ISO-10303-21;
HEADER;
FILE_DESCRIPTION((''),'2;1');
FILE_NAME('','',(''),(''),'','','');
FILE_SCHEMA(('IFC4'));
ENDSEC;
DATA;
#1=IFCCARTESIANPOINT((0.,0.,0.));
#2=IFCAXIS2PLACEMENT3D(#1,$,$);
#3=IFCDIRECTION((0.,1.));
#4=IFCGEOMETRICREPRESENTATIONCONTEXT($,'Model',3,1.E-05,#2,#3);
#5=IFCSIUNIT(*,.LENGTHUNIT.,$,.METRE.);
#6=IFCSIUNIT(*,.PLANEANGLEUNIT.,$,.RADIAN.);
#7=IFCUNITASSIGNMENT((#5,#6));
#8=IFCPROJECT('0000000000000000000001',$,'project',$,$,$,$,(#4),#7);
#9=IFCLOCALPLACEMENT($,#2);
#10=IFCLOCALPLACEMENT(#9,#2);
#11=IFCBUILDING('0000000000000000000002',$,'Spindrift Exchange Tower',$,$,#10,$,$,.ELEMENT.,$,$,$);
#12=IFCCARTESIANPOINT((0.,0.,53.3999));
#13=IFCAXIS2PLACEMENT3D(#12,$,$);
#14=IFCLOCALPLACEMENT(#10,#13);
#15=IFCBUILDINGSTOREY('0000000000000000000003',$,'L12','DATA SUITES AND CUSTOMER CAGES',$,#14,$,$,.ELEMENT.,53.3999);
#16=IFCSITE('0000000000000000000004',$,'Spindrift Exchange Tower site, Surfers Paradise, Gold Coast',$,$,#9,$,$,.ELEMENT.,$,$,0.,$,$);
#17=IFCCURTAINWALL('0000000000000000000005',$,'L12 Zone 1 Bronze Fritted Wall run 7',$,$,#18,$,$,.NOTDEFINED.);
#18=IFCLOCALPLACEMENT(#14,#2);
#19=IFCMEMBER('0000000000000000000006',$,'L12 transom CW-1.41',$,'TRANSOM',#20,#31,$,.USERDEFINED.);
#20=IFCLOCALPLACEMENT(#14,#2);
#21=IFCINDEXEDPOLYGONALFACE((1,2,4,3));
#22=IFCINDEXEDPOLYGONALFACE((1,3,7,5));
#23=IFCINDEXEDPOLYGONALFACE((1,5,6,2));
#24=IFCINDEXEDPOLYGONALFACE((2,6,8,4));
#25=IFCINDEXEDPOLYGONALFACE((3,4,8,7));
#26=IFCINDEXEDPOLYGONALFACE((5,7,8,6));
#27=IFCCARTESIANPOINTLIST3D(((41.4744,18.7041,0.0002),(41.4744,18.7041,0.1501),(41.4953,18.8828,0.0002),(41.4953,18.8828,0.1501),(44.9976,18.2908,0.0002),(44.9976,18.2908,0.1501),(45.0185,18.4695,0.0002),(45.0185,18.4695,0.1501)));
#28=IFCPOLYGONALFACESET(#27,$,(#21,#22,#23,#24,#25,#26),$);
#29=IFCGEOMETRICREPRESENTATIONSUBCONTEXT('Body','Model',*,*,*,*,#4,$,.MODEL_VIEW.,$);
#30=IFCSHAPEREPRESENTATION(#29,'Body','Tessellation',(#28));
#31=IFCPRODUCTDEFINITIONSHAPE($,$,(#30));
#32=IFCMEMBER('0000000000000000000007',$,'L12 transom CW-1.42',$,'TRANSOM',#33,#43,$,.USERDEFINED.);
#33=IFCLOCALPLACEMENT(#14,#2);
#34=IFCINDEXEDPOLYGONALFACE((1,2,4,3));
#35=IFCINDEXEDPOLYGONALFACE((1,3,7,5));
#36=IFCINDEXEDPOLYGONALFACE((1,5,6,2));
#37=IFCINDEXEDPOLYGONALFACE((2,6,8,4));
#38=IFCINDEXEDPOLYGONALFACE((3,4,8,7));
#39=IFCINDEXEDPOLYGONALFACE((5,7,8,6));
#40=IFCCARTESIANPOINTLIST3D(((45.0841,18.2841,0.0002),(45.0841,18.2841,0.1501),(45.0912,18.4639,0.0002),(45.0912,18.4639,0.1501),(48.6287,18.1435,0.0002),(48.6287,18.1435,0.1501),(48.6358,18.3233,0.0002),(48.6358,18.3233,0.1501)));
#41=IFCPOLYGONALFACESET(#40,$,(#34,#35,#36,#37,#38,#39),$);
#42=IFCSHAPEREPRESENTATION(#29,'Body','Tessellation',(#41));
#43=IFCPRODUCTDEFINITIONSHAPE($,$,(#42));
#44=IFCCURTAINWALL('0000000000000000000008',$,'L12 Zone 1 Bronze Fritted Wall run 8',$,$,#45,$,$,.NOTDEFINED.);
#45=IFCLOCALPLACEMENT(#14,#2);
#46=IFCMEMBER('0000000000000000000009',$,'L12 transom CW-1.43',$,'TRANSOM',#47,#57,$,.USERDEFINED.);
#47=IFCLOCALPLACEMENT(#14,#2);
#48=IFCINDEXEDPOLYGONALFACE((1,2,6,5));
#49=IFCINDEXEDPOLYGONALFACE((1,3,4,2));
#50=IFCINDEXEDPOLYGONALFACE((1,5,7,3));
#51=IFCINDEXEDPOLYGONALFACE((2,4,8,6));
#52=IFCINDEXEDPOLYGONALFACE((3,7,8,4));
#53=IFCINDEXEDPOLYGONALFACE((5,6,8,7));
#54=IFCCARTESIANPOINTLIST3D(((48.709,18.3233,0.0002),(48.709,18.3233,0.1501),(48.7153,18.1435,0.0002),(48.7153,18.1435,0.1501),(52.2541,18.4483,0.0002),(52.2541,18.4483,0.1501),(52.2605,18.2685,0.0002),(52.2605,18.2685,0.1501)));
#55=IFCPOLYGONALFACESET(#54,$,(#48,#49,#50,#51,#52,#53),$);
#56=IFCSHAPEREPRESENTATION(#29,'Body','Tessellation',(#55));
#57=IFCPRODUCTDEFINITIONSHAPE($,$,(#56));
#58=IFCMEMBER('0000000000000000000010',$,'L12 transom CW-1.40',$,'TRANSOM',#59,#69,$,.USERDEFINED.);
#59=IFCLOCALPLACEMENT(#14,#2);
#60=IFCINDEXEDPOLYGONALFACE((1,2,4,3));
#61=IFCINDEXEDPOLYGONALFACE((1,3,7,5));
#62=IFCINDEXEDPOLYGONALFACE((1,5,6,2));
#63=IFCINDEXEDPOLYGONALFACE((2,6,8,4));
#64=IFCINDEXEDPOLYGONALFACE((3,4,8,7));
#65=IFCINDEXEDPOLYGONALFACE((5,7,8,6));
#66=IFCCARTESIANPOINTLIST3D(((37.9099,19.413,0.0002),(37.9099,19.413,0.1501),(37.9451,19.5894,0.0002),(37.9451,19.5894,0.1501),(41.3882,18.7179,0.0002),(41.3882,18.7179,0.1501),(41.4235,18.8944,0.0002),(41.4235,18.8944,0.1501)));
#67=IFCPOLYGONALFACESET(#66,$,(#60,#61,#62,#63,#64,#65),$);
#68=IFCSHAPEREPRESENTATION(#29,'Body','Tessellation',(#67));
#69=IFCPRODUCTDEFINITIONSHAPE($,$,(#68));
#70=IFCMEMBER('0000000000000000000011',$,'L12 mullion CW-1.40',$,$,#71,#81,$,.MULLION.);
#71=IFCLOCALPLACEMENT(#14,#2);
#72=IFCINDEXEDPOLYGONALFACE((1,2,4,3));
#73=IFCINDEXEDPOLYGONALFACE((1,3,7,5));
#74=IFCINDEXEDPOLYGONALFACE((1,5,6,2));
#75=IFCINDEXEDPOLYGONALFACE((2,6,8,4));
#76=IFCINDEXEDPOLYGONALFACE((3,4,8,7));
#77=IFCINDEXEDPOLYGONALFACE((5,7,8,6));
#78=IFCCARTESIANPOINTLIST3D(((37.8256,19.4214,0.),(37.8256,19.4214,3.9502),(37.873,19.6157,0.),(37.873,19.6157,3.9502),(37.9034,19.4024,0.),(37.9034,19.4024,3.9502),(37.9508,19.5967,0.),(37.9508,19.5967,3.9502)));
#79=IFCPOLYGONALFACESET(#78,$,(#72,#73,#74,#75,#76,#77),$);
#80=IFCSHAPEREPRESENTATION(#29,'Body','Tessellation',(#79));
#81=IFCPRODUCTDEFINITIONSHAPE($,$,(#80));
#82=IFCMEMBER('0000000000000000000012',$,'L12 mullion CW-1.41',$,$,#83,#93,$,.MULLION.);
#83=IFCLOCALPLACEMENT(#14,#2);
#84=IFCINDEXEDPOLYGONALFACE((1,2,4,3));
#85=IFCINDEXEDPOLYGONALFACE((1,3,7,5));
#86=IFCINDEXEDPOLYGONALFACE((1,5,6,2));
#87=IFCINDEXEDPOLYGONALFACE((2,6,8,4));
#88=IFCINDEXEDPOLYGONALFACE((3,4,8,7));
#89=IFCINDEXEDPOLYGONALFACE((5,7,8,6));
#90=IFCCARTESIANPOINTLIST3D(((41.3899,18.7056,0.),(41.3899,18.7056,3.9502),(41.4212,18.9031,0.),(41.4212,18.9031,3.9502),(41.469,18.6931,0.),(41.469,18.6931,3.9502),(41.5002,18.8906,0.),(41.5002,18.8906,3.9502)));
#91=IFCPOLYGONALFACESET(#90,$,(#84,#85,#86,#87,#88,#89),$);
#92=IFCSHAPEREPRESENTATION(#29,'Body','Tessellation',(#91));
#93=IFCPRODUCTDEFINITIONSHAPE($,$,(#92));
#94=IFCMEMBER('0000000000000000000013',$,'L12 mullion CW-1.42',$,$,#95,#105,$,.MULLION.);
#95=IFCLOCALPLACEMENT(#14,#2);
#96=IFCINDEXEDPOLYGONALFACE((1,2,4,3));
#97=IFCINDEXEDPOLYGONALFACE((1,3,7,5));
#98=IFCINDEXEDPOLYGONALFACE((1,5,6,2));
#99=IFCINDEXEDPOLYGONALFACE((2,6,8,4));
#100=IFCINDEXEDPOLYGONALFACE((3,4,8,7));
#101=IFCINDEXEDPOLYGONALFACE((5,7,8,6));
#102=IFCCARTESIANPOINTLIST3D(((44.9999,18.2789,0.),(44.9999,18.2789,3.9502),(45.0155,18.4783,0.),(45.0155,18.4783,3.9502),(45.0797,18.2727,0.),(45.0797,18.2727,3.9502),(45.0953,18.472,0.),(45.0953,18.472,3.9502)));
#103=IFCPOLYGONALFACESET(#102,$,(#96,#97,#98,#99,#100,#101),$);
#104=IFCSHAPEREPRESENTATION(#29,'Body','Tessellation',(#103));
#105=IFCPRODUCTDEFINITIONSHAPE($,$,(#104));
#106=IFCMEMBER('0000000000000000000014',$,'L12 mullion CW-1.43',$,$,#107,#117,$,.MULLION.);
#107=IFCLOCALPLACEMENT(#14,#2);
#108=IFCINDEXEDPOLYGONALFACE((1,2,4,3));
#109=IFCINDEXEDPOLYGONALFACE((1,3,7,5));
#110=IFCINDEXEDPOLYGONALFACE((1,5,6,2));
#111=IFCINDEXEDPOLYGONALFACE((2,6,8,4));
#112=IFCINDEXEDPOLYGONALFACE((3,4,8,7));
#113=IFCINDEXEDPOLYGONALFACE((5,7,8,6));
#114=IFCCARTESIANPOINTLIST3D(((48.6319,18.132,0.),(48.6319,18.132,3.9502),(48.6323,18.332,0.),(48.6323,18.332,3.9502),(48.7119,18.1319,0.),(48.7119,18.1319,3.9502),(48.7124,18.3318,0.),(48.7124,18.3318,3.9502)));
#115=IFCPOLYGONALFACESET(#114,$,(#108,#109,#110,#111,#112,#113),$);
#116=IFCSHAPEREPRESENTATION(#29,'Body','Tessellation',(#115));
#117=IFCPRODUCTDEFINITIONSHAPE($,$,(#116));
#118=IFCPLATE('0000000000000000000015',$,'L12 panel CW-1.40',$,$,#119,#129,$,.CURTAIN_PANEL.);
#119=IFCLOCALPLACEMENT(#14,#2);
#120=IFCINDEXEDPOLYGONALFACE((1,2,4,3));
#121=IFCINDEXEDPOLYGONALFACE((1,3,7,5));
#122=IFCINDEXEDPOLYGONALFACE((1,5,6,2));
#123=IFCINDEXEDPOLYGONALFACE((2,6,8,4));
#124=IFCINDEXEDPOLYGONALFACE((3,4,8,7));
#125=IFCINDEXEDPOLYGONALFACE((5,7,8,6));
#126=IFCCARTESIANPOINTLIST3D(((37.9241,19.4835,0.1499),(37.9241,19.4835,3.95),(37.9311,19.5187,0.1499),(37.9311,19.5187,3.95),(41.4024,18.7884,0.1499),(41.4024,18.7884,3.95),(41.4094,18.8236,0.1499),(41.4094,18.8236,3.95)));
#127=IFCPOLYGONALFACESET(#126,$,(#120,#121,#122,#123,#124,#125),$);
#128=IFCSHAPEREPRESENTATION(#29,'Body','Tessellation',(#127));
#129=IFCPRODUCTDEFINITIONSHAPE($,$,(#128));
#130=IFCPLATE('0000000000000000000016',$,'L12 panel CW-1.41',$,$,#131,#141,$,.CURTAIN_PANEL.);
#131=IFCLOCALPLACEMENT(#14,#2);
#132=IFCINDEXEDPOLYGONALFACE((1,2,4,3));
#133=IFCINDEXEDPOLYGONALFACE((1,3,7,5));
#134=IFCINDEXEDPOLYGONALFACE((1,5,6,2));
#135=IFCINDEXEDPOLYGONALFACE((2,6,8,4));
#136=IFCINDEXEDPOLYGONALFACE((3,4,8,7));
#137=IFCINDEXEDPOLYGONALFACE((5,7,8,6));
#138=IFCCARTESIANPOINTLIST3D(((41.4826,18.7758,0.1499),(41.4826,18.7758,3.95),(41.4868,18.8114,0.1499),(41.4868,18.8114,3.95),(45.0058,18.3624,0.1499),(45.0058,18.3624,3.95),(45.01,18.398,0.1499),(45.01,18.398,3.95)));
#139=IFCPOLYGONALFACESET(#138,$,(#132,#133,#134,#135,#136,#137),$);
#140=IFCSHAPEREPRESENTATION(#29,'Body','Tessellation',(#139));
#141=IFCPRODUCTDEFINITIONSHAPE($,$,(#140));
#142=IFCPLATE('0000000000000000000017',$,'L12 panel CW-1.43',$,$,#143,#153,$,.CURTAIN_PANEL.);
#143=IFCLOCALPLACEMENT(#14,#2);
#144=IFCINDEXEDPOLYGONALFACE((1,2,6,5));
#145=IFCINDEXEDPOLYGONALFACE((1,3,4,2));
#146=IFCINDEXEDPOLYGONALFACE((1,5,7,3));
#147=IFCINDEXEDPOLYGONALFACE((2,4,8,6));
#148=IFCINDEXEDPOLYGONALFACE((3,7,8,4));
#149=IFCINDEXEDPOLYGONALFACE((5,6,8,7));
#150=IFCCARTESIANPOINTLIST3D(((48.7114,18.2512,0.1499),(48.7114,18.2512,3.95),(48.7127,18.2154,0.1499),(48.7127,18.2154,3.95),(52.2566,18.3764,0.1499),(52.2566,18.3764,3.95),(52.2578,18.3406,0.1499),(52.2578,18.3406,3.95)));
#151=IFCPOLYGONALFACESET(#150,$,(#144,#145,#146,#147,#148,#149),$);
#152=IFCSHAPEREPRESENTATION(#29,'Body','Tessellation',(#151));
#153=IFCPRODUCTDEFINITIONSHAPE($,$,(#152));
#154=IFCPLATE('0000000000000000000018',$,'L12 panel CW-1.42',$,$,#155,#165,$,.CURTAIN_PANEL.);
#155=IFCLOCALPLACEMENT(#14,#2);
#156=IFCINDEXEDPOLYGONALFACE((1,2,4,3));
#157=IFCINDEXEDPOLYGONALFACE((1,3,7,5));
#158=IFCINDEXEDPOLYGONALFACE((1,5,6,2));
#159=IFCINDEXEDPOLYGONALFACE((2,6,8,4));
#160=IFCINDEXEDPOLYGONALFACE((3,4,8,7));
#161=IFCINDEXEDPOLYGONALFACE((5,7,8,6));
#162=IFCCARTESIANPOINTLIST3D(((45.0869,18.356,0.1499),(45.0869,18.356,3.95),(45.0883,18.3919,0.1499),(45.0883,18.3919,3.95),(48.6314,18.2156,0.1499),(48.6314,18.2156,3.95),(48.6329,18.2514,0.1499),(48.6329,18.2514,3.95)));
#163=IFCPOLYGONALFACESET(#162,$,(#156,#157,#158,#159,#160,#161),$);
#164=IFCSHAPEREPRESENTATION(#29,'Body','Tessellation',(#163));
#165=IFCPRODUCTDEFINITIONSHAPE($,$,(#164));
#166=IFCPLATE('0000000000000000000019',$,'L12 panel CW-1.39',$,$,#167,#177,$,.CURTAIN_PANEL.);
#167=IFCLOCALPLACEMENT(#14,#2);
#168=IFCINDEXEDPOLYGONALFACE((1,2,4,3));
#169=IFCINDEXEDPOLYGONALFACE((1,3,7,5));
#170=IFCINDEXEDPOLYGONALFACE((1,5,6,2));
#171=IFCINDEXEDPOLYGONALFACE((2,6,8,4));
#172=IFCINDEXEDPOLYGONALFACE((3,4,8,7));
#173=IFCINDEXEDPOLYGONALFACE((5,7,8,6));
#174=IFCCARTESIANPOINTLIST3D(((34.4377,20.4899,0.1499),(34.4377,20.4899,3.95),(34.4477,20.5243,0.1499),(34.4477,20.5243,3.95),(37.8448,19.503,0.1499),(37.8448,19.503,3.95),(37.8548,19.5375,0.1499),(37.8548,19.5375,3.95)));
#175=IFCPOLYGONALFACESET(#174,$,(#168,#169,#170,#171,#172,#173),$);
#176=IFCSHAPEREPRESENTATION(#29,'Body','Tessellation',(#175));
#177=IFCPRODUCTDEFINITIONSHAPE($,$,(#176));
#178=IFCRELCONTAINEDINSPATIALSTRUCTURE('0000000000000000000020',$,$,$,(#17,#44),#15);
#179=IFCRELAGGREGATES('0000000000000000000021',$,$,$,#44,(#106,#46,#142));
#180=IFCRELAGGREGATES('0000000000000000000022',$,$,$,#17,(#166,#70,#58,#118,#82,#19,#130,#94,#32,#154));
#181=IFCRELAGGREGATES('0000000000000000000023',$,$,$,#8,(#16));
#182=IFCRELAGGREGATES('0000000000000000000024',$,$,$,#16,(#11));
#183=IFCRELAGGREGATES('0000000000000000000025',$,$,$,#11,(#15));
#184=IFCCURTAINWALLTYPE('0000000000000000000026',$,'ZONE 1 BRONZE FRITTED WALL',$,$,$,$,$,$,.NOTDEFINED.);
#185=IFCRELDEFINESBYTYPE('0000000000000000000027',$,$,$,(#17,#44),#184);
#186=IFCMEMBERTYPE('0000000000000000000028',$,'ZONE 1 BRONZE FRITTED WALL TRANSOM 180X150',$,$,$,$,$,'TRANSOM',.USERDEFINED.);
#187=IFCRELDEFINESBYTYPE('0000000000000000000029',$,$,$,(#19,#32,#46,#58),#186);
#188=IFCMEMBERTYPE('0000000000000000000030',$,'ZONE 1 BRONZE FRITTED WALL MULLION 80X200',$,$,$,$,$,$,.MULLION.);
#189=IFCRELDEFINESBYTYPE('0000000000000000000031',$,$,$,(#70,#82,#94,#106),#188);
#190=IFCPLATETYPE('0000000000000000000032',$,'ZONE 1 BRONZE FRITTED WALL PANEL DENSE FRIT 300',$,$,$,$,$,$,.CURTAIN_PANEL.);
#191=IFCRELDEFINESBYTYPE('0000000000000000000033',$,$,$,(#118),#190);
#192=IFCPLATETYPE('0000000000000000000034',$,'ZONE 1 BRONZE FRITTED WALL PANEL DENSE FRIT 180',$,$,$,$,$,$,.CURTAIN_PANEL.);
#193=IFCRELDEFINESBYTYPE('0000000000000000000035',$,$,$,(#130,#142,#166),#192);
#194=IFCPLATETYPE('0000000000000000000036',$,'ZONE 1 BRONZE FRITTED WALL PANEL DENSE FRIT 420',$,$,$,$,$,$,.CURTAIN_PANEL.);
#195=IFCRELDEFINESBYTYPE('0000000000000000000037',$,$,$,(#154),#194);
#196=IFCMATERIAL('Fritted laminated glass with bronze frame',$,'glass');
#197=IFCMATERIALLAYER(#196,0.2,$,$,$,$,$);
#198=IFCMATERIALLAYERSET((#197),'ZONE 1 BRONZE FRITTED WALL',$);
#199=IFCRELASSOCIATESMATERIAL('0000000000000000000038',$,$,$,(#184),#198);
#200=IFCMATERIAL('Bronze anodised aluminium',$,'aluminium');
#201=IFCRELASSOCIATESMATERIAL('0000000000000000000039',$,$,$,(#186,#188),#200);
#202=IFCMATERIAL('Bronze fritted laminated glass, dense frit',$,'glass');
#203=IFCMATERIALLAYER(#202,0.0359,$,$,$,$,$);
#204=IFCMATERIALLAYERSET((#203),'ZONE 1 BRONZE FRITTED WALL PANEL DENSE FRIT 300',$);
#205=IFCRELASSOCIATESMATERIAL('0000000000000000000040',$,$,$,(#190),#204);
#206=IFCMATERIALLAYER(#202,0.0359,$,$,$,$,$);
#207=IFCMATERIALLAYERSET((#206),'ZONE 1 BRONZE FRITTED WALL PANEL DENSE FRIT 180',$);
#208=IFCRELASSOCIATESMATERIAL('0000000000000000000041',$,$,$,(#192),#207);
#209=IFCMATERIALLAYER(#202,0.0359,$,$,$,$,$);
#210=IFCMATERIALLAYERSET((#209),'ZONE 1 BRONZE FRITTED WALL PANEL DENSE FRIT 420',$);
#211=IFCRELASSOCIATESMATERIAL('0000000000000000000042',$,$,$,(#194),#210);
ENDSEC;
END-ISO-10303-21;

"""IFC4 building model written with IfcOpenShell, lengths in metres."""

from ifc_helpers import new_model, si_unit, direction, frame, origin, origin_2d, place, context, subcontext, project, spatial, rectangle, extrude, source, transform, mapped, material, layer, layer_set, material_profile, profile_set, type_object, element, aggregate, save


model = new_model("IFC4")

# Units and contexts
model_context = context("Model", 3, precision=1e-05, world=origin(), true_north=direction((0.0, 1.0)))
body_context = subcontext(model_context, "Body", "Model", "MODEL_VIEW")
ifc_project = project(units=[si_unit("LENGTHUNIT", "METRE"), si_unit("PLANEANGLEUNIT", "RADIAN")], contexts=[model_context])

# Site, building, storey
site_placement = place(None, origin())
site = spatial("IfcSite", under=ifc_project, at=site_placement, Name="Spindrift Exchange Tower site, Surfers Paradise, Gold Coast", CompositionType="ELEMENT", RefElevation=0.0)
building_placement = place(site_placement, origin())
building = spatial("IfcBuilding", under=site, at=building_placement, Name="Spindrift Exchange Tower", CompositionType="ELEMENT")
storey_placement = place(building_placement, frame((0.0, 0.0, 53.3999)))
storey = spatial("IfcBuildingStorey", under=building, at=storey_placement, Name="L12", Description="DATA SUITES AND CUSTOMER CAGES", CompositionType="ELEMENT", Elevation=53.3999)

# Curtain wall, members
ifc_material_1 = material(Name="Fritted laminated glass with bronze frame", Category="glass")
ifc_layer_1 = layer(ifc_material_1, 0.2)
ifc_layer_set_1 = layer_set([ifc_layer_1], Name="ZONE 1 BRONZE FRITTED WALL")
curtain_wall_type = type_object("IfcCurtainWallType", Name="ZONE 1 BRONZE FRITTED WALL", PredefinedType="NOTDEFINED", material=ifc_layer_set_1)
curtain_wall_1_placement = place(storey_placement, origin())
curtain_wall_1 = element("IfcCurtainWall", 1, at=curtain_wall_1_placement, inside=storey, type_object=curtain_wall_type, Name="L12 Zone 1 Bronze Fritted Wall run 7", PredefinedType="NOTDEFINED")
ifc_material_2 = material(Name="Bronze anodised aluminium", Category="aluminium")
ifc_material_profile_1 = material_profile(ifc_material_2, rectangle(XDim=0.1799, YDim=0.1499, at=origin_2d()), Name="ZONE 1 BRONZE FRITTED WALL TRANSOM 180X150")
ifc_profile_set_1 = profile_set([ifc_material_profile_1], Name="Bronze anodised aluminium")
member_type_1 = type_object("IfcMemberType", Name="ZONE 1 BRONZE FRITTED WALL TRANSOM 180X150", ElementType="TRANSOM", PredefinedType="USERDEFINED", material=ifc_profile_set_1)
shared_shape_1 = source(origin(), body_context, "Body", "SweptSolid", [
    extrude(rectangle(XDim=0.1799, YDim=0.1499, at=origin_2d()), origin(), (0.0, 0.0, 1.0), 3.5474),
])
member_1_placement = place(storey_placement, frame((41.4849, 18.7935, 0.0752), z_axis=(0.993189, -0.116518, 0.0), x_axis=(0.116518, 0.993189, 0.0)))
member_1 = element("IfcMember", 2, at=member_1_placement, type_object=member_type_1, Name="L12 transom CW-1.41", ObjectType="TRANSOM", PredefinedType="USERDEFINED", context=body_context, shape_type="MappedRepresentation", body=[
    mapped(shared_shape_1, transform((0.0, 0.0, 0.0), scale=1.0)),
])
member_2_placement = place(storey_placement, frame((45.0876, 18.374, 0.0752), z_axis=(0.999214, -0.039641, 0.0), x_axis=(0.039641, 0.999214, 0.0)))
member_2 = element("IfcMember", 3, at=member_2_placement, type_object=member_type_1, Name="L12 transom CW-1.42", ObjectType="TRANSOM", PredefinedType="USERDEFINED", context=body_context, shape_type="MappedRepresentation", body=[
    mapped(shared_shape_1, transform((0.0, 0.0, 0.0), scale=1.0)),
])

# Curtain wall, member
curtain_wall_2_placement = place(storey_placement, origin())
curtain_wall_2 = element("IfcCurtainWall", 4, at=curtain_wall_2_placement, inside=storey, type_object=curtain_wall_type, Name="L12 Zone 1 Bronze Fritted Wall run 8", PredefinedType="NOTDEFINED")
member_3_placement = place(storey_placement, frame((48.7122, 18.2334, 0.0752), z_axis=(0.999379, 0.035237, 0.0), x_axis=(-0.035237, 0.999379, 0.0)))
member_3 = element("IfcMember", 5, at=member_3_placement, type_object=member_type_1, Name="L12 transom CW-1.43", ObjectType="TRANSOM", PredefinedType="USERDEFINED", context=body_context, shape_type="MappedRepresentation", body=[
    mapped(shared_shape_1, transform((0.0, 0.0, 0.0), scale=1.0)),
])

# Members
shared_shape_2 = source(origin(), body_context, "Body", "SweptSolid", [
    extrude(rectangle(XDim=0.1799, YDim=0.1499, at=origin_2d()), origin(), (0.0, 0.0, 1.0), 3.5471),
])
member_4_placement = place(storey_placement, frame((37.9275, 19.5012, 0.0752), z_axis=(0.980612, -0.195957, 0.0), x_axis=(0.195957, 0.980612, 0.0)))
member_4 = element("IfcMember", 6, at=member_4_placement, type_object=member_type_1, Name="L12 transom CW-1.40", ObjectType="TRANSOM", PredefinedType="USERDEFINED", context=body_context, shape_type="MappedRepresentation", body=[
    mapped(shared_shape_2, transform((0.0, 0.0, 0.0), scale=1.0)),
])
ifc_material_profile_2 = material_profile(ifc_material_2, rectangle(XDim=0.0801, YDim=0.2, at=origin_2d()), Name="ZONE 1 BRONZE FRITTED WALL MULLION 80X200")
ifc_profile_set_2 = profile_set([ifc_material_profile_2], Name="Bronze anodised aluminium")
member_type_2 = type_object("IfcMemberType", Name="ZONE 1 BRONZE FRITTED WALL MULLION 80X200", PredefinedType="MULLION", material=ifc_profile_set_2)
shared_shape_3 = source(origin(), body_context, "Body", "SweptSolid", [
    extrude(rectangle(XDim=0.0801, YDim=0.2, at=origin_2d()), origin(), (0.0, 0.0, 1.0), 3.9502),
])
member_5_placement = place(storey_placement, frame((37.8882, 19.509, 0.0), z_axis=(0.0, 0.0, 1.0), x_axis=(0.971436, -0.237302, 0.0)))
member_5 = element("IfcMember", 7, at=member_5_placement, type_object=member_type_2, Name="L12 mullion CW-1.40", PredefinedType="MULLION", context=body_context, shape_type="MappedRepresentation", body=[
    mapped(shared_shape_3, transform((0.0, 0.0, 0.0), scale=1.0)),
])
member_6_placement = place(storey_placement, frame((41.4451, 18.7981, 0.0), z_axis=(0.0, 0.0, 1.0), x_axis=(0.987698, -0.156377, 0.0)))
member_6 = element("IfcMember", 8, at=member_6_placement, type_object=member_type_2, Name="L12 mullion CW-1.41", PredefinedType="MULLION", context=body_context, shape_type="MappedRepresentation", body=[
    mapped(shared_shape_3, transform((0.0, 0.0, 0.0), scale=1.0)),
])
member_7_placement = place(storey_placement, frame((45.0476, 18.3755, 0.0), z_axis=(0.0, 0.0, 1.0), x_axis=(0.996944, -0.078119, 0.0)))
member_7 = element("IfcMember", 9, at=member_7_placement, type_object=member_type_2, Name="L12 mullion CW-1.42", PredefinedType="MULLION", context=body_context, shape_type="MappedRepresentation", body=[
    mapped(shared_shape_3, transform((0.0, 0.0, 0.0), scale=1.0)),
])
member_8_placement = place(storey_placement, frame((48.6721, 18.2319, 0.0), z_axis=(0.0, 0.0, 1.0), x_axis=(0.999998, -0.002152, 0.0)))
member_8 = element("IfcMember", 10, at=member_8_placement, type_object=member_type_2, Name="L12 mullion CW-1.43", PredefinedType="MULLION", context=body_context, shape_type="MappedRepresentation", body=[
    mapped(shared_shape_3, transform((0.0, 0.0, 0.0), scale=1.0)),
])

# Plates
ifc_material_3 = material(Name="Bronze fritted laminated glass, dense frit", Category="glass")
ifc_layer_2 = layer(ifc_material_3, 0.0359)
ifc_layer_set_2 = layer_set([ifc_layer_2], Name="ZONE 1 BRONZE FRITTED WALL PANEL DENSE FRIT 300")
plate_type_1 = type_object("IfcPlateType", Name="ZONE 1 BRONZE FRITTED WALL PANEL DENSE FRIT 300", PredefinedType="CURTAIN_PANEL", material=ifc_layer_set_2)
shared_shape_4 = source(origin(), body_context, "Body", "SweptSolid", [
    extrude(rectangle(XDim=3.5471, YDim=0.0359, at=origin_2d()), origin(), (0.0, 0.0, 1.0), 3.8),
])
plate_1_placement = place(storey_placement, frame((39.6667, 19.1536, 0.1499), z_axis=(0.0, 0.0, 1.0), x_axis=(0.98061, -0.195968, 0.0)))
plate_1 = element("IfcPlate", 11, at=plate_1_placement, type_object=plate_type_1, Name="L12 panel CW-1.40", PredefinedType="CURTAIN_PANEL", context=body_context, shape_type="MappedRepresentation", body=[
    mapped(shared_shape_4, transform((0.0, 0.0, 0.0), scale=1.0)),
])
ifc_layer_3 = layer(ifc_material_3, 0.0359)
ifc_layer_set_3 = layer_set([ifc_layer_3], Name="ZONE 1 BRONZE FRITTED WALL PANEL DENSE FRIT 180")
plate_type_2 = type_object("IfcPlateType", Name="ZONE 1 BRONZE FRITTED WALL PANEL DENSE FRIT 180", PredefinedType="CURTAIN_PANEL", material=ifc_layer_set_3)
shared_shape_5 = source(origin(), body_context, "Body", "SweptSolid", [
    extrude(rectangle(XDim=3.5474, YDim=0.0359, at=origin_2d()), origin(), (0.0, 0.0, 1.0), 3.8),
])
plate_2_placement = place(storey_placement, frame((43.2463, 18.5869, 0.1499), z_axis=(0.0, 0.0, 1.0), x_axis=(0.993187, -0.116532, 0.0)))
plate_2 = element("IfcPlate", 12, at=plate_2_placement, type_object=plate_type_2, Name="L12 panel CW-1.41", PredefinedType="CURTAIN_PANEL", context=body_context, shape_type="MappedRepresentation", body=[
    mapped(shared_shape_5, transform((0.0, 0.0, 0.0), scale=1.0)),
])
plate_3_placement = place(storey_placement, frame((50.4846, 18.2959, 0.1499), z_axis=(0.0, 0.0, 1.0), x_axis=(0.999377, 0.035287, 0.0)))
plate_3 = element("IfcPlate", 13, at=plate_3_placement, type_object=plate_type_2, Name="L12 panel CW-1.43", PredefinedType="CURTAIN_PANEL", context=body_context, shape_type="MappedRepresentation", body=[
    mapped(shared_shape_5, transform((0.0, 0.0, 0.0), scale=1.0)),
])
aggregate(curtain_wall_2, [member_8, member_3, plate_3])
ifc_layer_4 = layer(ifc_material_3, 0.0359)
ifc_layer_set_4 = layer_set([ifc_layer_4], Name="ZONE 1 BRONZE FRITTED WALL PANEL DENSE FRIT 420")
plate_type_3 = type_object("IfcPlateType", Name="ZONE 1 BRONZE FRITTED WALL PANEL DENSE FRIT 420", PredefinedType="CURTAIN_PANEL", material=ifc_layer_set_4)
shared_shape_6 = source(origin(), body_context, "Body", "SweptSolid", [
    extrude(rectangle(XDim=3.5474, YDim=0.0359, at=origin_2d()), origin(), (0.0, 0.0, 1.0), 3.8),
])
plate_4_placement = place(storey_placement, frame((46.8599, 18.3037, 0.1499), z_axis=(0.0, 0.0, 1.0), x_axis=(0.999216, -0.039588, 0.0)))
plate_4 = element("IfcPlate", 14, at=plate_4_placement, type_object=plate_type_3, Name="L12 panel CW-1.42", PredefinedType="CURTAIN_PANEL", context=body_context, shape_type="MappedRepresentation", body=[
    mapped(shared_shape_6, transform((0.0, 0.0, 0.0), scale=1.0)),
])
shared_shape_7 = source(origin(), body_context, "Body", "SweptSolid", [
    extrude(rectangle(XDim=3.5471, YDim=0.0359, at=origin_2d()), origin(), (0.0, 0.0, 1.0), 3.8),
])
plate_5_placement = place(storey_placement, frame((36.1462, 20.0137, 0.1499), z_axis=(0.0, 0.0, 1.0), x_axis=(0.96052, -0.278212, 0.0)))
plate_5 = element("IfcPlate", 15, at=plate_5_placement, type_object=plate_type_2, Name="L12 panel CW-1.39", PredefinedType="CURTAIN_PANEL", context=body_context, shape_type="MappedRepresentation", body=[
    mapped(shared_shape_7, transform((0.0, 0.0, 0.0), scale=1.0)),
])
aggregate(curtain_wall_1, [plate_5, member_5, member_4, plate_1, member_6, member_1, plate_2, member_7, member_2, plate_4])

save(model, "model.ifc")
